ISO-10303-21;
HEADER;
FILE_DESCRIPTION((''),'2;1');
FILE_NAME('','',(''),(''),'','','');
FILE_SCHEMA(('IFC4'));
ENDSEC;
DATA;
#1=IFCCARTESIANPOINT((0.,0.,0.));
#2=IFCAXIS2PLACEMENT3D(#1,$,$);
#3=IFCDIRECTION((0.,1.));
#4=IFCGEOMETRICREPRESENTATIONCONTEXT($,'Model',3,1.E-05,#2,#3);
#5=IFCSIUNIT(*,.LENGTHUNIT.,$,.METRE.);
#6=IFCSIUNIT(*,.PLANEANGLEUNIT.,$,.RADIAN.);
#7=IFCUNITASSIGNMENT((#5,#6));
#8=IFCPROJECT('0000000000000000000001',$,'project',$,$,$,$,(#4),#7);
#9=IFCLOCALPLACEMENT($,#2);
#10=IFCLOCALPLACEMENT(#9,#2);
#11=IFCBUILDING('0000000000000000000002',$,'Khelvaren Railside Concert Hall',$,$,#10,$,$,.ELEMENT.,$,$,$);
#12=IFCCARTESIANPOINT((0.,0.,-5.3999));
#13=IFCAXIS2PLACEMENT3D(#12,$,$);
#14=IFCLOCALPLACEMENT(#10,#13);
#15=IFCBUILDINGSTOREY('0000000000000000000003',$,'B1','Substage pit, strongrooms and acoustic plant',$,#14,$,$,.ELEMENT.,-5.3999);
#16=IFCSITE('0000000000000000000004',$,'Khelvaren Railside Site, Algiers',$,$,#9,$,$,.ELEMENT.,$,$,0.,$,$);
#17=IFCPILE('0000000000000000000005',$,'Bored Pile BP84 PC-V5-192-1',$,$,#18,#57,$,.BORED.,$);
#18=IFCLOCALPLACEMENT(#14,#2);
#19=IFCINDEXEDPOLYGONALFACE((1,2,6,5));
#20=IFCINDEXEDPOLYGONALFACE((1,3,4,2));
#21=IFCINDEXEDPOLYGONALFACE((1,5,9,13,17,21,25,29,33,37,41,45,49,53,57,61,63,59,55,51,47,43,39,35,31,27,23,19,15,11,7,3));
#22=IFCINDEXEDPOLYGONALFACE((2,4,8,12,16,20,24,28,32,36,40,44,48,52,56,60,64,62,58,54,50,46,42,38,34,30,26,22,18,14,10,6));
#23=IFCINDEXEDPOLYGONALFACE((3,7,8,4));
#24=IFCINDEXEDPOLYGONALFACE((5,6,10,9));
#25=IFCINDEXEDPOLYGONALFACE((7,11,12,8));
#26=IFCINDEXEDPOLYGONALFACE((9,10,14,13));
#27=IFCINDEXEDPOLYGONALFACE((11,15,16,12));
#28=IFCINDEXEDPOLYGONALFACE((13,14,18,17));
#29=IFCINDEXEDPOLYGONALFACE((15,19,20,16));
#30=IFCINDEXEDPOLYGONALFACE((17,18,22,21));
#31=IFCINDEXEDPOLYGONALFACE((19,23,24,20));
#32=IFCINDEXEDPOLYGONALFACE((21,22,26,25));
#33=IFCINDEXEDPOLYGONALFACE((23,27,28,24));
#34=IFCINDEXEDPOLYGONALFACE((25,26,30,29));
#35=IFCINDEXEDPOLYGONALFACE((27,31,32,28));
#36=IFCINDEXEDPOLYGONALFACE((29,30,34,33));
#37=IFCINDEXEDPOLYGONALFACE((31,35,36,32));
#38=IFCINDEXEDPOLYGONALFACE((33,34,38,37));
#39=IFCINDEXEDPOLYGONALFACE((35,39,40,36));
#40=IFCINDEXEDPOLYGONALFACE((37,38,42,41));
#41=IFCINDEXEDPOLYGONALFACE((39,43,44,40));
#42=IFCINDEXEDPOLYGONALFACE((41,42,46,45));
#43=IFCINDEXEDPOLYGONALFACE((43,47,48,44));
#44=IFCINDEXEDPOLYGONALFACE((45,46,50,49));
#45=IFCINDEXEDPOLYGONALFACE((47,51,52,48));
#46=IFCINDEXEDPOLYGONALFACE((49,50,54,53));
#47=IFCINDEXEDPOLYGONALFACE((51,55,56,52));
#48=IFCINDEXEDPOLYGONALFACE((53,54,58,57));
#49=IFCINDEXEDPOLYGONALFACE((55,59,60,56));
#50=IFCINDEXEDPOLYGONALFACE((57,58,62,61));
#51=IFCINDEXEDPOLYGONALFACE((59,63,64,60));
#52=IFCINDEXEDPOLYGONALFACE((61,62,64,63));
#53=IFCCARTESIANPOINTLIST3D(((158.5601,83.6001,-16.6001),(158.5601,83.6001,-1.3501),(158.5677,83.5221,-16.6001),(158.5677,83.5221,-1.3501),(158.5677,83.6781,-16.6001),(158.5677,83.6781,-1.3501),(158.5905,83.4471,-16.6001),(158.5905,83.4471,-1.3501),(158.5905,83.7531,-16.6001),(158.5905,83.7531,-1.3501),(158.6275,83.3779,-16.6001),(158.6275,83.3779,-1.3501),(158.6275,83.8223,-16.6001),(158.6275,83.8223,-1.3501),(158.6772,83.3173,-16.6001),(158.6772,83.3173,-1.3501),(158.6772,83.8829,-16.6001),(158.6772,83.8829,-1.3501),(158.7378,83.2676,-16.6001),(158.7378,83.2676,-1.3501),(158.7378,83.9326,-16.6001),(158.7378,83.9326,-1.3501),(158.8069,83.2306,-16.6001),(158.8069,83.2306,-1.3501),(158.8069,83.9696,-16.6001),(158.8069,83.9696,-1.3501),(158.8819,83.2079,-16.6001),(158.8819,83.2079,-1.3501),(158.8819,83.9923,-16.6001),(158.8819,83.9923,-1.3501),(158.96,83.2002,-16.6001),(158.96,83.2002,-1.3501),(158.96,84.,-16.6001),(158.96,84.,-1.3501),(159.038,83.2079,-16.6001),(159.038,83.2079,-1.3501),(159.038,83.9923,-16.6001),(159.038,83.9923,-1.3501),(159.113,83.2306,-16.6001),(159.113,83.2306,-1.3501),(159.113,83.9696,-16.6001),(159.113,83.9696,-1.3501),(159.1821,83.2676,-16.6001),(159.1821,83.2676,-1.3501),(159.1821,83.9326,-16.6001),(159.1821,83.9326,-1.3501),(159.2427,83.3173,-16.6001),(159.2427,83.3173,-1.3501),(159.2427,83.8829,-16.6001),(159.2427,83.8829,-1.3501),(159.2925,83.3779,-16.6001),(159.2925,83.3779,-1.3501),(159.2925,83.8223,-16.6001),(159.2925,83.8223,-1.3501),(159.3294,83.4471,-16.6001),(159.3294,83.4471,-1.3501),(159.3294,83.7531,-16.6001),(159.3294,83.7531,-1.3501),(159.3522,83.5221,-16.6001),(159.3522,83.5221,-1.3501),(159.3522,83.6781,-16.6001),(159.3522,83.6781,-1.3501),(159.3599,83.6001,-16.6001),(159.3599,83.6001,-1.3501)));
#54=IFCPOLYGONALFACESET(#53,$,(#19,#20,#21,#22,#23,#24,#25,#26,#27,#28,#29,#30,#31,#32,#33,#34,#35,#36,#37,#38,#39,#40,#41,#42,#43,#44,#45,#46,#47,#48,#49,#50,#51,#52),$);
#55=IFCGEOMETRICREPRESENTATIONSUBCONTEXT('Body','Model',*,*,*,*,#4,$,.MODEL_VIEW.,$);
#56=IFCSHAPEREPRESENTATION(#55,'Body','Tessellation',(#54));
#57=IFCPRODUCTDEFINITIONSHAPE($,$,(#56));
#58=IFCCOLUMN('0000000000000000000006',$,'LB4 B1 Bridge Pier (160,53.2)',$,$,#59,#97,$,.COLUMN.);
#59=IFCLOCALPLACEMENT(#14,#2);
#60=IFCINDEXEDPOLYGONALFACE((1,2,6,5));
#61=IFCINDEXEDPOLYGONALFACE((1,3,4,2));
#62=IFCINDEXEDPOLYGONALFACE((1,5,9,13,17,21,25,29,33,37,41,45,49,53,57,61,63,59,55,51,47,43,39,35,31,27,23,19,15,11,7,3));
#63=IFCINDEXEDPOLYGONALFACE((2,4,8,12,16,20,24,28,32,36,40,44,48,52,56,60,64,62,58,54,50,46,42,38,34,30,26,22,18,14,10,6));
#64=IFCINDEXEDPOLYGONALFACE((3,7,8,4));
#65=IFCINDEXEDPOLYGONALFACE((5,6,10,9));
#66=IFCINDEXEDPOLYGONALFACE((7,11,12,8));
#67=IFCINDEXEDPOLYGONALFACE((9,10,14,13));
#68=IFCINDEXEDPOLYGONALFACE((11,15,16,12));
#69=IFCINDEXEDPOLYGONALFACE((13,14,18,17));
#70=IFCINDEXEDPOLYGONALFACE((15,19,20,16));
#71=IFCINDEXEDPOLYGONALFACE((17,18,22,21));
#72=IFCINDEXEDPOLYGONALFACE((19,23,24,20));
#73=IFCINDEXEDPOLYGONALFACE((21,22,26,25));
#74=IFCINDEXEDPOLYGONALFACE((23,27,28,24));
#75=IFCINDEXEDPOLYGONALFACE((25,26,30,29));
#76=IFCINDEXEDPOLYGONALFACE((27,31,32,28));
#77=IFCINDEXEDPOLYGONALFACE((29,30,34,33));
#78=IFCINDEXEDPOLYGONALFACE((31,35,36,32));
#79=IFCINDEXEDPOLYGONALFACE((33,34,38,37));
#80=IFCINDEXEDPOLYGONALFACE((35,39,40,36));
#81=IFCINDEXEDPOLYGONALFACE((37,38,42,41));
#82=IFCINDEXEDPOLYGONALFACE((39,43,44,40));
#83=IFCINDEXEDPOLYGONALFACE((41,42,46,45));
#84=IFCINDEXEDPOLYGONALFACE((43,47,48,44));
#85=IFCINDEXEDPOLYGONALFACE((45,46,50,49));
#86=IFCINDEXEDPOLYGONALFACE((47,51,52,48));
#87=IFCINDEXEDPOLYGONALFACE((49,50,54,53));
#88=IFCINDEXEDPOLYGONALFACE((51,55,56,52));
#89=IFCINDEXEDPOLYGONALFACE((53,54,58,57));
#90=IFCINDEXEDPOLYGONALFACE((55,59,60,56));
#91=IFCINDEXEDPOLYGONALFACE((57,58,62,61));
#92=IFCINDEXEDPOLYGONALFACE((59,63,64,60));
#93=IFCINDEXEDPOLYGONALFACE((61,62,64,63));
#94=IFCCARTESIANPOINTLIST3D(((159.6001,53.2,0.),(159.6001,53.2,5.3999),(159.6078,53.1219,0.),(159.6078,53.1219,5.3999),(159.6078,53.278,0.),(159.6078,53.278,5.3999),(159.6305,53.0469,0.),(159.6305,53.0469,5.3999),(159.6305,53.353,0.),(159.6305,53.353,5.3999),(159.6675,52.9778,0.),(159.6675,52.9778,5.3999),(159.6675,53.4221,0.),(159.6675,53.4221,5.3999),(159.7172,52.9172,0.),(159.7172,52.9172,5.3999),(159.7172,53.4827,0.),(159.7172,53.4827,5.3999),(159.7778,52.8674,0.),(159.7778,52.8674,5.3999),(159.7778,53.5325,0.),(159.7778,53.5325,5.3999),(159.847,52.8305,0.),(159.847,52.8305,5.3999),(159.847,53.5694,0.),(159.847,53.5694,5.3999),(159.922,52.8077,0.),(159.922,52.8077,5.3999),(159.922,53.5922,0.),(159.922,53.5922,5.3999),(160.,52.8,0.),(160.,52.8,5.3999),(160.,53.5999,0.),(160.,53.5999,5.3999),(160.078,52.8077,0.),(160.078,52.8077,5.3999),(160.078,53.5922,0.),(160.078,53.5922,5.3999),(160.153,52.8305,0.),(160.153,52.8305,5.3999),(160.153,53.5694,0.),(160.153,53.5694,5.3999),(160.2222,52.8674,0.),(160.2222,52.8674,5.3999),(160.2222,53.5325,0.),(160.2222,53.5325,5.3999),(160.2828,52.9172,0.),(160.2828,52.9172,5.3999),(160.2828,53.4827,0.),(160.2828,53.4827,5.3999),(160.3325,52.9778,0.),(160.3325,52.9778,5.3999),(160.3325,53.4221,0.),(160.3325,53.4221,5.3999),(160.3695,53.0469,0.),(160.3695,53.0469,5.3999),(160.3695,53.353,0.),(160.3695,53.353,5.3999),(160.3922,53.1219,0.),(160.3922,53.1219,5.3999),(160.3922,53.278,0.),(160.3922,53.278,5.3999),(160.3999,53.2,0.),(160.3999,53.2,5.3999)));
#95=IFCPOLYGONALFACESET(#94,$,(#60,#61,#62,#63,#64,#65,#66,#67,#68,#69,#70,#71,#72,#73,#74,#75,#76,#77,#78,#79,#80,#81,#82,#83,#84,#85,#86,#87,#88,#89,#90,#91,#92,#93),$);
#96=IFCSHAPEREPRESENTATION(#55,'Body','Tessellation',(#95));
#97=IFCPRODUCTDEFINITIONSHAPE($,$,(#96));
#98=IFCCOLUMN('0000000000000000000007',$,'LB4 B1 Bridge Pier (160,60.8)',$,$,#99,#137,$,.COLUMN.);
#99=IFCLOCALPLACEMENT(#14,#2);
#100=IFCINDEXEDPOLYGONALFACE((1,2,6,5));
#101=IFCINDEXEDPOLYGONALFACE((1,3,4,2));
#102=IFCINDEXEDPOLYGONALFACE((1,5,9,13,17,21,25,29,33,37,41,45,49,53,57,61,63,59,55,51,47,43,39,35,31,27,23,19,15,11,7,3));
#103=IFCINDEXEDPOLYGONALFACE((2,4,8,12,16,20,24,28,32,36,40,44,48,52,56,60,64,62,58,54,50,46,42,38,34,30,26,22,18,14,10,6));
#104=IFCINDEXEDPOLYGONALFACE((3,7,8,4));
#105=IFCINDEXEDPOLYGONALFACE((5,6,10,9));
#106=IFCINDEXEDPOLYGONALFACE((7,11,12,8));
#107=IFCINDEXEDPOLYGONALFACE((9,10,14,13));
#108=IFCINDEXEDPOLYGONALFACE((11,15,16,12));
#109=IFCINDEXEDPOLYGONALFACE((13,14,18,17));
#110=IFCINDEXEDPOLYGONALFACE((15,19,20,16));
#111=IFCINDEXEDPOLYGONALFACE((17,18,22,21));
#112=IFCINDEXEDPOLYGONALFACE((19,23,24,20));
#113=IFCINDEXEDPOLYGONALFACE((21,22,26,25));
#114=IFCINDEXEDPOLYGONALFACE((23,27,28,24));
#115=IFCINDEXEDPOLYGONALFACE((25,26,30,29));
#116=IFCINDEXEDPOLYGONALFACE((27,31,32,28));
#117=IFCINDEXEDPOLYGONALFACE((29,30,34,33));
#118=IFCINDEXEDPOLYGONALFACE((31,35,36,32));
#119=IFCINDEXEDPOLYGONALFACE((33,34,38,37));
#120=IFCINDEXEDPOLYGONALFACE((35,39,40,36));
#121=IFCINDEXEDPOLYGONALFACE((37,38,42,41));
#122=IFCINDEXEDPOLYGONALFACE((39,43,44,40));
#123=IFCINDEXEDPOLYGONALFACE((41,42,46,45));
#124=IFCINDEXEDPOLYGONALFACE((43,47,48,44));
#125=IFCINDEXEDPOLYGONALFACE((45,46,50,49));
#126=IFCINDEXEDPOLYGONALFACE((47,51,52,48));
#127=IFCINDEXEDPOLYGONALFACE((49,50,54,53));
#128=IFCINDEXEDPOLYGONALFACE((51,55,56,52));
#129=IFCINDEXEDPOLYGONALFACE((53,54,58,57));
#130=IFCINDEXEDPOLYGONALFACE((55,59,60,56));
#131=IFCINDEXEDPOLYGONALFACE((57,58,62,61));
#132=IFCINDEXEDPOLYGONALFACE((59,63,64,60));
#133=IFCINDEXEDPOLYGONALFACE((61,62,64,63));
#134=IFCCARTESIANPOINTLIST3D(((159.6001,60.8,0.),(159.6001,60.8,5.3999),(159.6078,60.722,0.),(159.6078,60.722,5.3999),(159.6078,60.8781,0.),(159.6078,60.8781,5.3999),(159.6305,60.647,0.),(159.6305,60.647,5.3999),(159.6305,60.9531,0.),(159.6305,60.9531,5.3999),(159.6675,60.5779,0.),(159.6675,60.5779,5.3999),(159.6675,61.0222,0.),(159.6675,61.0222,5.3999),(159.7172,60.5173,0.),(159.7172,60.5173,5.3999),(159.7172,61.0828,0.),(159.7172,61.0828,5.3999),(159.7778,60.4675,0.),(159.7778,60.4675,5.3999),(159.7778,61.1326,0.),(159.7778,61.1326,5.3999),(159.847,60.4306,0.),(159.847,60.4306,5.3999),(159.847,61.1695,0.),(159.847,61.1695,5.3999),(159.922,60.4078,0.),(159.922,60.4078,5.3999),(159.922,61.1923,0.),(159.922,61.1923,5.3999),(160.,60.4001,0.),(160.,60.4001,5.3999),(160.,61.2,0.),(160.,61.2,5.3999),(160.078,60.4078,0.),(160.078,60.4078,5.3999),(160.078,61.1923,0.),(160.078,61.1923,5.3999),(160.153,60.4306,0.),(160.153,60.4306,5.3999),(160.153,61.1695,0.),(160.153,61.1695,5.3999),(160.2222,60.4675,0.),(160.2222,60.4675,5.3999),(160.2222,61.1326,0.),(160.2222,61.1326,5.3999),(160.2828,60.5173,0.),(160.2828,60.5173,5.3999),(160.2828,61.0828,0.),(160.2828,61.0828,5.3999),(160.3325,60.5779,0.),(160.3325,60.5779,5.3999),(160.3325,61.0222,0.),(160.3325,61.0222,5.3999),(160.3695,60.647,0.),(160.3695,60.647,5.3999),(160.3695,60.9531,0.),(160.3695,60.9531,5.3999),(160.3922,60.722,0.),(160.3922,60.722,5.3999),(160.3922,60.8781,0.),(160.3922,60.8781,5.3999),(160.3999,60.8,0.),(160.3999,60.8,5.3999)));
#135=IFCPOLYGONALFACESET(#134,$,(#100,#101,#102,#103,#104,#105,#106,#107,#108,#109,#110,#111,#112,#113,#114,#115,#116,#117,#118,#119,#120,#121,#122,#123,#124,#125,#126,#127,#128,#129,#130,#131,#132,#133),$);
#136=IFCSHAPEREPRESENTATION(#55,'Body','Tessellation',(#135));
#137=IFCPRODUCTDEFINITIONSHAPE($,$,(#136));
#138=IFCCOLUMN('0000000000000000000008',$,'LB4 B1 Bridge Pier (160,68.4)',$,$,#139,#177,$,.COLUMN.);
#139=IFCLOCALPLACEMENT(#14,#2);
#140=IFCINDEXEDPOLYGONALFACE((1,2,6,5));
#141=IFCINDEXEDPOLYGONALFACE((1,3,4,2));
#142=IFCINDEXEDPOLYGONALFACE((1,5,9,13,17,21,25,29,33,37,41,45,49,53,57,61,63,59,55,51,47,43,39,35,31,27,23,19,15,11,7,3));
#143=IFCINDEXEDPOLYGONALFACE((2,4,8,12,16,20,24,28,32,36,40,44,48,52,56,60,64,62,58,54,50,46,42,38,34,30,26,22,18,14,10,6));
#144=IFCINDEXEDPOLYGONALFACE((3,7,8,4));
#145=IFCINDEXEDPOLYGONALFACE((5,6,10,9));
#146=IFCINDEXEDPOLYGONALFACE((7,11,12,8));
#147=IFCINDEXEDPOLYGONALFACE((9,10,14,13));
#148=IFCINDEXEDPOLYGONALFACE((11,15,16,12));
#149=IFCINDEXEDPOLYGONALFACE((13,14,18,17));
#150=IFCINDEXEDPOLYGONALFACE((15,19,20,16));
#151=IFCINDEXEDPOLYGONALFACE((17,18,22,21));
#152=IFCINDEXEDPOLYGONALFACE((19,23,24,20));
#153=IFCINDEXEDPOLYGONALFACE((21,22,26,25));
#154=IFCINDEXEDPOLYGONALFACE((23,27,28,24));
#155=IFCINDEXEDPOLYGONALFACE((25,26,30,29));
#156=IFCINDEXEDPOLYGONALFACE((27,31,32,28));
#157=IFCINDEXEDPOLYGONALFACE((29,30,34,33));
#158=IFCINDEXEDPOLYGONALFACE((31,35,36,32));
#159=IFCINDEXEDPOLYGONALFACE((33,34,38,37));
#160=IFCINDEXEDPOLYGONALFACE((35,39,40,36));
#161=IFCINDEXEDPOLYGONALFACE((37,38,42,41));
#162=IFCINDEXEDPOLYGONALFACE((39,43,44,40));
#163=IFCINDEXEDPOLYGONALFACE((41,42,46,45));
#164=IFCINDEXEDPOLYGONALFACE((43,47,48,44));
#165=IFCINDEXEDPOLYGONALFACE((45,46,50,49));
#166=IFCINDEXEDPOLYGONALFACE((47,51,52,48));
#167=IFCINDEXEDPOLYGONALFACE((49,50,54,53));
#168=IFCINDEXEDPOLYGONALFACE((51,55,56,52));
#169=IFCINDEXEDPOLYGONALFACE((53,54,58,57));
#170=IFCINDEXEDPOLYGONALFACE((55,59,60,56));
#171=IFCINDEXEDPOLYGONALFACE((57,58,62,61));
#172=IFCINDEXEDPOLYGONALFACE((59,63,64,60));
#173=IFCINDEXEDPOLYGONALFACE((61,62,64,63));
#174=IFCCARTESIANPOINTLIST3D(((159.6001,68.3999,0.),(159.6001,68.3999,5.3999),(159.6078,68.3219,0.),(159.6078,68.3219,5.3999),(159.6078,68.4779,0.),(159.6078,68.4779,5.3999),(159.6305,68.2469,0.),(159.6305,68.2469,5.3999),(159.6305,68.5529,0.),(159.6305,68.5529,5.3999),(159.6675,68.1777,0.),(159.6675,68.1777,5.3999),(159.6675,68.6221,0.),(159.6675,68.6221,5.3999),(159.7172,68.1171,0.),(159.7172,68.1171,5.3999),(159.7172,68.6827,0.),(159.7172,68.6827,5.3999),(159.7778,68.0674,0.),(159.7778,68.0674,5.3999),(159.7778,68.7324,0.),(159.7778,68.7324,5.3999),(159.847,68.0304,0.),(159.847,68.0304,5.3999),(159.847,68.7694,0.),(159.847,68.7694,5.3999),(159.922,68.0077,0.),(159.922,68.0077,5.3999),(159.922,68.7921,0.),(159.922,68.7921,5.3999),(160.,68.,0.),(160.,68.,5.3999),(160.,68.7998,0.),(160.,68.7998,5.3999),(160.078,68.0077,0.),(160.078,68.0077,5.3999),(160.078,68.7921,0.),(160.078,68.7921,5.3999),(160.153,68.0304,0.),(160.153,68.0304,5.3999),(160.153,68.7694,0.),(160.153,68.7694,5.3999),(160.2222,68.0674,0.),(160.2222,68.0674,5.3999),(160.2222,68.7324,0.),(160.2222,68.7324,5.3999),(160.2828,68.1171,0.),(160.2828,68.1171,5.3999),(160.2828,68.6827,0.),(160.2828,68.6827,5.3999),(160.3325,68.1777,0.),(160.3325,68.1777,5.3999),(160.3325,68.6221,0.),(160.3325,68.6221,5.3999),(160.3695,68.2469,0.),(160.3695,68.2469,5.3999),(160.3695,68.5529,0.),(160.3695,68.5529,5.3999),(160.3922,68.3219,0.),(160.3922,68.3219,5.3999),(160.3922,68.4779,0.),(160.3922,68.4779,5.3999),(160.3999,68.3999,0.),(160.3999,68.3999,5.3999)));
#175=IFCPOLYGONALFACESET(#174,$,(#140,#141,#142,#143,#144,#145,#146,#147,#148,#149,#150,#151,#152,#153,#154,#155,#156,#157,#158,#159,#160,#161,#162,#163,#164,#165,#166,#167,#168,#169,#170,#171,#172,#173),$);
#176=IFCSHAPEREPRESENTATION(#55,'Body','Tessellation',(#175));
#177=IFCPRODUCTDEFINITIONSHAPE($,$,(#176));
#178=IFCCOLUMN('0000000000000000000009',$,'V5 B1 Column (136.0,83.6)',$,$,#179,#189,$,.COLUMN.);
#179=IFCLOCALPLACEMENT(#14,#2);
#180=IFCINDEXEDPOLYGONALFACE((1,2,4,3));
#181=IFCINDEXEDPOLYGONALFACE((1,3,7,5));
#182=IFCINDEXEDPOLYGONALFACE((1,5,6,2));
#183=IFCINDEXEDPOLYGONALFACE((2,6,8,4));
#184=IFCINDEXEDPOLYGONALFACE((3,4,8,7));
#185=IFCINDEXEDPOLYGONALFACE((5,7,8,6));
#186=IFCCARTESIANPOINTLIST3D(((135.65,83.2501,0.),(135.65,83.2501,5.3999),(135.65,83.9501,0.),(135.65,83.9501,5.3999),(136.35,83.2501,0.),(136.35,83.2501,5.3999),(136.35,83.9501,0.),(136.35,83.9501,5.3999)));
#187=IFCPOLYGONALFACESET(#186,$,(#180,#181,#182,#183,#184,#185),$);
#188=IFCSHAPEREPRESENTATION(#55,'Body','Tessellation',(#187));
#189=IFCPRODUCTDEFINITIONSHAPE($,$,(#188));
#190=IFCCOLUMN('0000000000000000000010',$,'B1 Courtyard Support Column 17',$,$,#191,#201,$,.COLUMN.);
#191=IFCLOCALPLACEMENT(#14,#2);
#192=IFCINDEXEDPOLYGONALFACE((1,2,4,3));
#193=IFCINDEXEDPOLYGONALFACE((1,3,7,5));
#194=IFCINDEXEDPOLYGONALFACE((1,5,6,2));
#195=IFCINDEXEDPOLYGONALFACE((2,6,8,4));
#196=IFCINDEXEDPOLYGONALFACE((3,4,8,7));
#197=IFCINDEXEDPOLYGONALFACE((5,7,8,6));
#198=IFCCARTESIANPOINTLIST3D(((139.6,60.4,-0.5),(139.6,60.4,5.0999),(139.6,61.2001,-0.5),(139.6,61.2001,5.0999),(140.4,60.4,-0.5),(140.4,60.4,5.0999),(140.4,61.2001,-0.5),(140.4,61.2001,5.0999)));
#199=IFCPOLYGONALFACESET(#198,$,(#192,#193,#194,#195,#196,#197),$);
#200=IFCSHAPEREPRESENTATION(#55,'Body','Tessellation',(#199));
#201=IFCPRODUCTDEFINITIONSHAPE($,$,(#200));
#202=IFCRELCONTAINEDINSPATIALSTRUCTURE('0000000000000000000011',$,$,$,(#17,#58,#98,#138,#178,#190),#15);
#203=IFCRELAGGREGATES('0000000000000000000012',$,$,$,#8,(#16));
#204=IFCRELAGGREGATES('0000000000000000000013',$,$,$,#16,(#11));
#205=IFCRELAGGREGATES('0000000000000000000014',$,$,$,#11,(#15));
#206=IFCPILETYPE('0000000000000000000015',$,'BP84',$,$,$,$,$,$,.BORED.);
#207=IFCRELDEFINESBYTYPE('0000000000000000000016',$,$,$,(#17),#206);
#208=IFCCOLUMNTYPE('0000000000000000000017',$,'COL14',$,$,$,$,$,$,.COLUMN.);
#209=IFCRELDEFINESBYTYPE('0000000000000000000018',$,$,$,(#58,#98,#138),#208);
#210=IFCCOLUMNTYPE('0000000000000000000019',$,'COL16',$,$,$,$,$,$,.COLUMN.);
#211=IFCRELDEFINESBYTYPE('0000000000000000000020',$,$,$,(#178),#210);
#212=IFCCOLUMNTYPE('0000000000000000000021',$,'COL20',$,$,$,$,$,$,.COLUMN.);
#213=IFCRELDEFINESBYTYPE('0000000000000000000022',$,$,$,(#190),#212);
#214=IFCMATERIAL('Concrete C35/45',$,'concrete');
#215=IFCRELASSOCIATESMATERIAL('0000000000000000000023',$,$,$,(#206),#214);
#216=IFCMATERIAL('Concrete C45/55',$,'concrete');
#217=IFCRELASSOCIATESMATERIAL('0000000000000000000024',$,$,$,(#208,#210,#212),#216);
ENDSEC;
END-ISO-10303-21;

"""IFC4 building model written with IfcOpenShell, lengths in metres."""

from ifc_helpers import new_model, si_unit, direction, frame, origin, origin_2d, place, context, subcontext, project, spatial, rectangle, circle, extrude, material, material_profile, profile_set, type_object, element, save


model = new_model("IFC4")

# Units and contexts
model_context = context("Model", 3, precision=1e-05, world=origin(), true_north=direction((0.0, 1.0)))
body_context = subcontext(model_context, "Body", "Model", "MODEL_VIEW")
ifc_project = project(units=[si_unit("LENGTHUNIT", "METRE"), si_unit("PLANEANGLEUNIT", "RADIAN")], contexts=[model_context])

# Site, building, storey
site_placement = place(None, origin())
site = spatial("IfcSite", under=ifc_project, at=site_placement, Name="Khelvaren Railside Site, Algiers", CompositionType="ELEMENT", RefElevation=0.0)
building_placement = place(site_placement, origin())
building = spatial("IfcBuilding", under=site, at=building_placement, Name="Khelvaren Railside Concert Hall", CompositionType="ELEMENT")
storey_placement = place(building_placement, frame((0.0, 0.0, -5.3999)))
storey = spatial("IfcBuildingStorey", under=building, at=storey_placement, Name="B1", Description="Substage pit, strongrooms and acoustic plant", CompositionType="ELEMENT", Elevation=-5.3999)

# Pile
ifc_material_1 = material(Name="Concrete C35/45", Category="concrete")
ifc_material_profile_1 = material_profile(ifc_material_1, circle(Radius=0.3999, at=origin_2d()), Name="BP D800")
ifc_profile_set_1 = profile_set([ifc_material_profile_1], Name="Concrete C35/45")
pile_type_1 = type_object("IfcPileType", Name="BP84", PredefinedType="BORED", material=ifc_profile_set_1)
pile_1_placement = place(storey_placement, frame((158.96, 83.6001, -1.3501), z_axis=(0.0, 0.0, -1.0), x_axis=(1.0, 0.0, 0.0)))
element("IfcPile", 1, at=pile_1_placement, inside=storey, type_object=pile_type_1, Name="Bored Pile BP84 PC-V5-192-1", PredefinedType="BORED", context=body_context, shape_type="SweptSolid", body=[
    extrude(circle(Radius=0.3999, at=origin_2d()), origin(), (0.0, 0.0, 1.0), 15.25),
])

# Columns
ifc_material_2 = material(Name="Concrete C45/55", Category="concrete")
ifc_material_profile_2 = material_profile(ifc_material_2, circle(Radius=0.3999, at=origin_2d()), Name="RC D800")
ifc_profile_set_2 = profile_set([ifc_material_profile_2], Name="Concrete C45/55")
column_type_1 = type_object("IfcColumnType", Name="COL14", PredefinedType="COLUMN", material=ifc_profile_set_2)
for number, where, z_axis, x_axis, name in (
    (2, (160.0, 53.2, 0.0), (0.0, 0.0, 1.0), (1.0, 0.0, 0.0), "LB4 B1 Bridge Pier (160,53.2)"),
    (3, (160.0, 60.8, 0.0), (0.0, 0.0, 1.0), (1.0, 0.0, 0.0), "LB4 B1 Bridge Pier (160,60.8)"),
    (4, (160.0, 68.3999, 0.0), (0.0, 0.0, 1.0), (1.0, 0.0, 0.0), "LB4 B1 Bridge Pier (160,68.4)"),
):
    element("IfcColumn", number, at=place(storey_placement, frame(where, z_axis=z_axis, x_axis=x_axis)), inside=storey, type_object=column_type_1, Name=name, PredefinedType="COLUMN", context=body_context, shape_type="SweptSolid", body=[
        extrude(circle(Radius=0.3999, at=origin_2d()), origin(), (0.0, 0.0, 1.0), 5.3999),
    ])
ifc_material_profile_3 = material_profile(ifc_material_2, rectangle(XDim=0.7, YDim=0.7, at=origin_2d()), Name="RC 700x700")
ifc_profile_set_3 = profile_set([ifc_material_profile_3], Name="Concrete C45/55")
column_type_2 = type_object("IfcColumnType", Name="COL16", PredefinedType="COLUMN", material=ifc_profile_set_3)
column_1_placement = place(storey_placement, frame((136.0, 83.6001, 0.0), z_axis=(0.0, 0.0, 1.0), x_axis=(1.0, 0.0, 0.0)))
element("IfcColumn", 5, at=column_1_placement, inside=storey, type_object=column_type_2, Name="V5 B1 Column (136.0,83.6)", PredefinedType="COLUMN", context=body_context, shape_type="SweptSolid", body=[
    extrude(rectangle(XDim=0.7, YDim=0.7, at=origin_2d()), origin(), (0.0, 0.0, 1.0), 5.3999),
])
ifc_material_profile_4 = material_profile(ifc_material_2, rectangle(XDim=0.8, YDim=0.8, at=origin_2d()), Name="RC 800x800")
ifc_profile_set_4 = profile_set([ifc_material_profile_4], Name="Concrete C45/55")
column_type_3 = type_object("IfcColumnType", Name="COL20", PredefinedType="COLUMN", material=ifc_profile_set_4)
for number, where, z_axis, x_axis, name in (
    (6, (140.0, 60.8, -0.5), (0.0, 0.0, 1.0), (1.0, 0.0, 0.0), "B1 Courtyard Support Column 17"),
):
    element("IfcColumn", number, at=place(storey_placement, frame(where, z_axis=z_axis, x_axis=x_axis)), inside=storey, type_object=column_type_3, Name=name, PredefinedType="COLUMN", context=body_context, shape_type="SweptSolid", body=[
        extrude(rectangle(XDim=0.8, YDim=0.8, at=origin_2d()), origin(), (0.0, 0.0, 1.0), 5.5999),
    ])

save(model, "model.ifc")
